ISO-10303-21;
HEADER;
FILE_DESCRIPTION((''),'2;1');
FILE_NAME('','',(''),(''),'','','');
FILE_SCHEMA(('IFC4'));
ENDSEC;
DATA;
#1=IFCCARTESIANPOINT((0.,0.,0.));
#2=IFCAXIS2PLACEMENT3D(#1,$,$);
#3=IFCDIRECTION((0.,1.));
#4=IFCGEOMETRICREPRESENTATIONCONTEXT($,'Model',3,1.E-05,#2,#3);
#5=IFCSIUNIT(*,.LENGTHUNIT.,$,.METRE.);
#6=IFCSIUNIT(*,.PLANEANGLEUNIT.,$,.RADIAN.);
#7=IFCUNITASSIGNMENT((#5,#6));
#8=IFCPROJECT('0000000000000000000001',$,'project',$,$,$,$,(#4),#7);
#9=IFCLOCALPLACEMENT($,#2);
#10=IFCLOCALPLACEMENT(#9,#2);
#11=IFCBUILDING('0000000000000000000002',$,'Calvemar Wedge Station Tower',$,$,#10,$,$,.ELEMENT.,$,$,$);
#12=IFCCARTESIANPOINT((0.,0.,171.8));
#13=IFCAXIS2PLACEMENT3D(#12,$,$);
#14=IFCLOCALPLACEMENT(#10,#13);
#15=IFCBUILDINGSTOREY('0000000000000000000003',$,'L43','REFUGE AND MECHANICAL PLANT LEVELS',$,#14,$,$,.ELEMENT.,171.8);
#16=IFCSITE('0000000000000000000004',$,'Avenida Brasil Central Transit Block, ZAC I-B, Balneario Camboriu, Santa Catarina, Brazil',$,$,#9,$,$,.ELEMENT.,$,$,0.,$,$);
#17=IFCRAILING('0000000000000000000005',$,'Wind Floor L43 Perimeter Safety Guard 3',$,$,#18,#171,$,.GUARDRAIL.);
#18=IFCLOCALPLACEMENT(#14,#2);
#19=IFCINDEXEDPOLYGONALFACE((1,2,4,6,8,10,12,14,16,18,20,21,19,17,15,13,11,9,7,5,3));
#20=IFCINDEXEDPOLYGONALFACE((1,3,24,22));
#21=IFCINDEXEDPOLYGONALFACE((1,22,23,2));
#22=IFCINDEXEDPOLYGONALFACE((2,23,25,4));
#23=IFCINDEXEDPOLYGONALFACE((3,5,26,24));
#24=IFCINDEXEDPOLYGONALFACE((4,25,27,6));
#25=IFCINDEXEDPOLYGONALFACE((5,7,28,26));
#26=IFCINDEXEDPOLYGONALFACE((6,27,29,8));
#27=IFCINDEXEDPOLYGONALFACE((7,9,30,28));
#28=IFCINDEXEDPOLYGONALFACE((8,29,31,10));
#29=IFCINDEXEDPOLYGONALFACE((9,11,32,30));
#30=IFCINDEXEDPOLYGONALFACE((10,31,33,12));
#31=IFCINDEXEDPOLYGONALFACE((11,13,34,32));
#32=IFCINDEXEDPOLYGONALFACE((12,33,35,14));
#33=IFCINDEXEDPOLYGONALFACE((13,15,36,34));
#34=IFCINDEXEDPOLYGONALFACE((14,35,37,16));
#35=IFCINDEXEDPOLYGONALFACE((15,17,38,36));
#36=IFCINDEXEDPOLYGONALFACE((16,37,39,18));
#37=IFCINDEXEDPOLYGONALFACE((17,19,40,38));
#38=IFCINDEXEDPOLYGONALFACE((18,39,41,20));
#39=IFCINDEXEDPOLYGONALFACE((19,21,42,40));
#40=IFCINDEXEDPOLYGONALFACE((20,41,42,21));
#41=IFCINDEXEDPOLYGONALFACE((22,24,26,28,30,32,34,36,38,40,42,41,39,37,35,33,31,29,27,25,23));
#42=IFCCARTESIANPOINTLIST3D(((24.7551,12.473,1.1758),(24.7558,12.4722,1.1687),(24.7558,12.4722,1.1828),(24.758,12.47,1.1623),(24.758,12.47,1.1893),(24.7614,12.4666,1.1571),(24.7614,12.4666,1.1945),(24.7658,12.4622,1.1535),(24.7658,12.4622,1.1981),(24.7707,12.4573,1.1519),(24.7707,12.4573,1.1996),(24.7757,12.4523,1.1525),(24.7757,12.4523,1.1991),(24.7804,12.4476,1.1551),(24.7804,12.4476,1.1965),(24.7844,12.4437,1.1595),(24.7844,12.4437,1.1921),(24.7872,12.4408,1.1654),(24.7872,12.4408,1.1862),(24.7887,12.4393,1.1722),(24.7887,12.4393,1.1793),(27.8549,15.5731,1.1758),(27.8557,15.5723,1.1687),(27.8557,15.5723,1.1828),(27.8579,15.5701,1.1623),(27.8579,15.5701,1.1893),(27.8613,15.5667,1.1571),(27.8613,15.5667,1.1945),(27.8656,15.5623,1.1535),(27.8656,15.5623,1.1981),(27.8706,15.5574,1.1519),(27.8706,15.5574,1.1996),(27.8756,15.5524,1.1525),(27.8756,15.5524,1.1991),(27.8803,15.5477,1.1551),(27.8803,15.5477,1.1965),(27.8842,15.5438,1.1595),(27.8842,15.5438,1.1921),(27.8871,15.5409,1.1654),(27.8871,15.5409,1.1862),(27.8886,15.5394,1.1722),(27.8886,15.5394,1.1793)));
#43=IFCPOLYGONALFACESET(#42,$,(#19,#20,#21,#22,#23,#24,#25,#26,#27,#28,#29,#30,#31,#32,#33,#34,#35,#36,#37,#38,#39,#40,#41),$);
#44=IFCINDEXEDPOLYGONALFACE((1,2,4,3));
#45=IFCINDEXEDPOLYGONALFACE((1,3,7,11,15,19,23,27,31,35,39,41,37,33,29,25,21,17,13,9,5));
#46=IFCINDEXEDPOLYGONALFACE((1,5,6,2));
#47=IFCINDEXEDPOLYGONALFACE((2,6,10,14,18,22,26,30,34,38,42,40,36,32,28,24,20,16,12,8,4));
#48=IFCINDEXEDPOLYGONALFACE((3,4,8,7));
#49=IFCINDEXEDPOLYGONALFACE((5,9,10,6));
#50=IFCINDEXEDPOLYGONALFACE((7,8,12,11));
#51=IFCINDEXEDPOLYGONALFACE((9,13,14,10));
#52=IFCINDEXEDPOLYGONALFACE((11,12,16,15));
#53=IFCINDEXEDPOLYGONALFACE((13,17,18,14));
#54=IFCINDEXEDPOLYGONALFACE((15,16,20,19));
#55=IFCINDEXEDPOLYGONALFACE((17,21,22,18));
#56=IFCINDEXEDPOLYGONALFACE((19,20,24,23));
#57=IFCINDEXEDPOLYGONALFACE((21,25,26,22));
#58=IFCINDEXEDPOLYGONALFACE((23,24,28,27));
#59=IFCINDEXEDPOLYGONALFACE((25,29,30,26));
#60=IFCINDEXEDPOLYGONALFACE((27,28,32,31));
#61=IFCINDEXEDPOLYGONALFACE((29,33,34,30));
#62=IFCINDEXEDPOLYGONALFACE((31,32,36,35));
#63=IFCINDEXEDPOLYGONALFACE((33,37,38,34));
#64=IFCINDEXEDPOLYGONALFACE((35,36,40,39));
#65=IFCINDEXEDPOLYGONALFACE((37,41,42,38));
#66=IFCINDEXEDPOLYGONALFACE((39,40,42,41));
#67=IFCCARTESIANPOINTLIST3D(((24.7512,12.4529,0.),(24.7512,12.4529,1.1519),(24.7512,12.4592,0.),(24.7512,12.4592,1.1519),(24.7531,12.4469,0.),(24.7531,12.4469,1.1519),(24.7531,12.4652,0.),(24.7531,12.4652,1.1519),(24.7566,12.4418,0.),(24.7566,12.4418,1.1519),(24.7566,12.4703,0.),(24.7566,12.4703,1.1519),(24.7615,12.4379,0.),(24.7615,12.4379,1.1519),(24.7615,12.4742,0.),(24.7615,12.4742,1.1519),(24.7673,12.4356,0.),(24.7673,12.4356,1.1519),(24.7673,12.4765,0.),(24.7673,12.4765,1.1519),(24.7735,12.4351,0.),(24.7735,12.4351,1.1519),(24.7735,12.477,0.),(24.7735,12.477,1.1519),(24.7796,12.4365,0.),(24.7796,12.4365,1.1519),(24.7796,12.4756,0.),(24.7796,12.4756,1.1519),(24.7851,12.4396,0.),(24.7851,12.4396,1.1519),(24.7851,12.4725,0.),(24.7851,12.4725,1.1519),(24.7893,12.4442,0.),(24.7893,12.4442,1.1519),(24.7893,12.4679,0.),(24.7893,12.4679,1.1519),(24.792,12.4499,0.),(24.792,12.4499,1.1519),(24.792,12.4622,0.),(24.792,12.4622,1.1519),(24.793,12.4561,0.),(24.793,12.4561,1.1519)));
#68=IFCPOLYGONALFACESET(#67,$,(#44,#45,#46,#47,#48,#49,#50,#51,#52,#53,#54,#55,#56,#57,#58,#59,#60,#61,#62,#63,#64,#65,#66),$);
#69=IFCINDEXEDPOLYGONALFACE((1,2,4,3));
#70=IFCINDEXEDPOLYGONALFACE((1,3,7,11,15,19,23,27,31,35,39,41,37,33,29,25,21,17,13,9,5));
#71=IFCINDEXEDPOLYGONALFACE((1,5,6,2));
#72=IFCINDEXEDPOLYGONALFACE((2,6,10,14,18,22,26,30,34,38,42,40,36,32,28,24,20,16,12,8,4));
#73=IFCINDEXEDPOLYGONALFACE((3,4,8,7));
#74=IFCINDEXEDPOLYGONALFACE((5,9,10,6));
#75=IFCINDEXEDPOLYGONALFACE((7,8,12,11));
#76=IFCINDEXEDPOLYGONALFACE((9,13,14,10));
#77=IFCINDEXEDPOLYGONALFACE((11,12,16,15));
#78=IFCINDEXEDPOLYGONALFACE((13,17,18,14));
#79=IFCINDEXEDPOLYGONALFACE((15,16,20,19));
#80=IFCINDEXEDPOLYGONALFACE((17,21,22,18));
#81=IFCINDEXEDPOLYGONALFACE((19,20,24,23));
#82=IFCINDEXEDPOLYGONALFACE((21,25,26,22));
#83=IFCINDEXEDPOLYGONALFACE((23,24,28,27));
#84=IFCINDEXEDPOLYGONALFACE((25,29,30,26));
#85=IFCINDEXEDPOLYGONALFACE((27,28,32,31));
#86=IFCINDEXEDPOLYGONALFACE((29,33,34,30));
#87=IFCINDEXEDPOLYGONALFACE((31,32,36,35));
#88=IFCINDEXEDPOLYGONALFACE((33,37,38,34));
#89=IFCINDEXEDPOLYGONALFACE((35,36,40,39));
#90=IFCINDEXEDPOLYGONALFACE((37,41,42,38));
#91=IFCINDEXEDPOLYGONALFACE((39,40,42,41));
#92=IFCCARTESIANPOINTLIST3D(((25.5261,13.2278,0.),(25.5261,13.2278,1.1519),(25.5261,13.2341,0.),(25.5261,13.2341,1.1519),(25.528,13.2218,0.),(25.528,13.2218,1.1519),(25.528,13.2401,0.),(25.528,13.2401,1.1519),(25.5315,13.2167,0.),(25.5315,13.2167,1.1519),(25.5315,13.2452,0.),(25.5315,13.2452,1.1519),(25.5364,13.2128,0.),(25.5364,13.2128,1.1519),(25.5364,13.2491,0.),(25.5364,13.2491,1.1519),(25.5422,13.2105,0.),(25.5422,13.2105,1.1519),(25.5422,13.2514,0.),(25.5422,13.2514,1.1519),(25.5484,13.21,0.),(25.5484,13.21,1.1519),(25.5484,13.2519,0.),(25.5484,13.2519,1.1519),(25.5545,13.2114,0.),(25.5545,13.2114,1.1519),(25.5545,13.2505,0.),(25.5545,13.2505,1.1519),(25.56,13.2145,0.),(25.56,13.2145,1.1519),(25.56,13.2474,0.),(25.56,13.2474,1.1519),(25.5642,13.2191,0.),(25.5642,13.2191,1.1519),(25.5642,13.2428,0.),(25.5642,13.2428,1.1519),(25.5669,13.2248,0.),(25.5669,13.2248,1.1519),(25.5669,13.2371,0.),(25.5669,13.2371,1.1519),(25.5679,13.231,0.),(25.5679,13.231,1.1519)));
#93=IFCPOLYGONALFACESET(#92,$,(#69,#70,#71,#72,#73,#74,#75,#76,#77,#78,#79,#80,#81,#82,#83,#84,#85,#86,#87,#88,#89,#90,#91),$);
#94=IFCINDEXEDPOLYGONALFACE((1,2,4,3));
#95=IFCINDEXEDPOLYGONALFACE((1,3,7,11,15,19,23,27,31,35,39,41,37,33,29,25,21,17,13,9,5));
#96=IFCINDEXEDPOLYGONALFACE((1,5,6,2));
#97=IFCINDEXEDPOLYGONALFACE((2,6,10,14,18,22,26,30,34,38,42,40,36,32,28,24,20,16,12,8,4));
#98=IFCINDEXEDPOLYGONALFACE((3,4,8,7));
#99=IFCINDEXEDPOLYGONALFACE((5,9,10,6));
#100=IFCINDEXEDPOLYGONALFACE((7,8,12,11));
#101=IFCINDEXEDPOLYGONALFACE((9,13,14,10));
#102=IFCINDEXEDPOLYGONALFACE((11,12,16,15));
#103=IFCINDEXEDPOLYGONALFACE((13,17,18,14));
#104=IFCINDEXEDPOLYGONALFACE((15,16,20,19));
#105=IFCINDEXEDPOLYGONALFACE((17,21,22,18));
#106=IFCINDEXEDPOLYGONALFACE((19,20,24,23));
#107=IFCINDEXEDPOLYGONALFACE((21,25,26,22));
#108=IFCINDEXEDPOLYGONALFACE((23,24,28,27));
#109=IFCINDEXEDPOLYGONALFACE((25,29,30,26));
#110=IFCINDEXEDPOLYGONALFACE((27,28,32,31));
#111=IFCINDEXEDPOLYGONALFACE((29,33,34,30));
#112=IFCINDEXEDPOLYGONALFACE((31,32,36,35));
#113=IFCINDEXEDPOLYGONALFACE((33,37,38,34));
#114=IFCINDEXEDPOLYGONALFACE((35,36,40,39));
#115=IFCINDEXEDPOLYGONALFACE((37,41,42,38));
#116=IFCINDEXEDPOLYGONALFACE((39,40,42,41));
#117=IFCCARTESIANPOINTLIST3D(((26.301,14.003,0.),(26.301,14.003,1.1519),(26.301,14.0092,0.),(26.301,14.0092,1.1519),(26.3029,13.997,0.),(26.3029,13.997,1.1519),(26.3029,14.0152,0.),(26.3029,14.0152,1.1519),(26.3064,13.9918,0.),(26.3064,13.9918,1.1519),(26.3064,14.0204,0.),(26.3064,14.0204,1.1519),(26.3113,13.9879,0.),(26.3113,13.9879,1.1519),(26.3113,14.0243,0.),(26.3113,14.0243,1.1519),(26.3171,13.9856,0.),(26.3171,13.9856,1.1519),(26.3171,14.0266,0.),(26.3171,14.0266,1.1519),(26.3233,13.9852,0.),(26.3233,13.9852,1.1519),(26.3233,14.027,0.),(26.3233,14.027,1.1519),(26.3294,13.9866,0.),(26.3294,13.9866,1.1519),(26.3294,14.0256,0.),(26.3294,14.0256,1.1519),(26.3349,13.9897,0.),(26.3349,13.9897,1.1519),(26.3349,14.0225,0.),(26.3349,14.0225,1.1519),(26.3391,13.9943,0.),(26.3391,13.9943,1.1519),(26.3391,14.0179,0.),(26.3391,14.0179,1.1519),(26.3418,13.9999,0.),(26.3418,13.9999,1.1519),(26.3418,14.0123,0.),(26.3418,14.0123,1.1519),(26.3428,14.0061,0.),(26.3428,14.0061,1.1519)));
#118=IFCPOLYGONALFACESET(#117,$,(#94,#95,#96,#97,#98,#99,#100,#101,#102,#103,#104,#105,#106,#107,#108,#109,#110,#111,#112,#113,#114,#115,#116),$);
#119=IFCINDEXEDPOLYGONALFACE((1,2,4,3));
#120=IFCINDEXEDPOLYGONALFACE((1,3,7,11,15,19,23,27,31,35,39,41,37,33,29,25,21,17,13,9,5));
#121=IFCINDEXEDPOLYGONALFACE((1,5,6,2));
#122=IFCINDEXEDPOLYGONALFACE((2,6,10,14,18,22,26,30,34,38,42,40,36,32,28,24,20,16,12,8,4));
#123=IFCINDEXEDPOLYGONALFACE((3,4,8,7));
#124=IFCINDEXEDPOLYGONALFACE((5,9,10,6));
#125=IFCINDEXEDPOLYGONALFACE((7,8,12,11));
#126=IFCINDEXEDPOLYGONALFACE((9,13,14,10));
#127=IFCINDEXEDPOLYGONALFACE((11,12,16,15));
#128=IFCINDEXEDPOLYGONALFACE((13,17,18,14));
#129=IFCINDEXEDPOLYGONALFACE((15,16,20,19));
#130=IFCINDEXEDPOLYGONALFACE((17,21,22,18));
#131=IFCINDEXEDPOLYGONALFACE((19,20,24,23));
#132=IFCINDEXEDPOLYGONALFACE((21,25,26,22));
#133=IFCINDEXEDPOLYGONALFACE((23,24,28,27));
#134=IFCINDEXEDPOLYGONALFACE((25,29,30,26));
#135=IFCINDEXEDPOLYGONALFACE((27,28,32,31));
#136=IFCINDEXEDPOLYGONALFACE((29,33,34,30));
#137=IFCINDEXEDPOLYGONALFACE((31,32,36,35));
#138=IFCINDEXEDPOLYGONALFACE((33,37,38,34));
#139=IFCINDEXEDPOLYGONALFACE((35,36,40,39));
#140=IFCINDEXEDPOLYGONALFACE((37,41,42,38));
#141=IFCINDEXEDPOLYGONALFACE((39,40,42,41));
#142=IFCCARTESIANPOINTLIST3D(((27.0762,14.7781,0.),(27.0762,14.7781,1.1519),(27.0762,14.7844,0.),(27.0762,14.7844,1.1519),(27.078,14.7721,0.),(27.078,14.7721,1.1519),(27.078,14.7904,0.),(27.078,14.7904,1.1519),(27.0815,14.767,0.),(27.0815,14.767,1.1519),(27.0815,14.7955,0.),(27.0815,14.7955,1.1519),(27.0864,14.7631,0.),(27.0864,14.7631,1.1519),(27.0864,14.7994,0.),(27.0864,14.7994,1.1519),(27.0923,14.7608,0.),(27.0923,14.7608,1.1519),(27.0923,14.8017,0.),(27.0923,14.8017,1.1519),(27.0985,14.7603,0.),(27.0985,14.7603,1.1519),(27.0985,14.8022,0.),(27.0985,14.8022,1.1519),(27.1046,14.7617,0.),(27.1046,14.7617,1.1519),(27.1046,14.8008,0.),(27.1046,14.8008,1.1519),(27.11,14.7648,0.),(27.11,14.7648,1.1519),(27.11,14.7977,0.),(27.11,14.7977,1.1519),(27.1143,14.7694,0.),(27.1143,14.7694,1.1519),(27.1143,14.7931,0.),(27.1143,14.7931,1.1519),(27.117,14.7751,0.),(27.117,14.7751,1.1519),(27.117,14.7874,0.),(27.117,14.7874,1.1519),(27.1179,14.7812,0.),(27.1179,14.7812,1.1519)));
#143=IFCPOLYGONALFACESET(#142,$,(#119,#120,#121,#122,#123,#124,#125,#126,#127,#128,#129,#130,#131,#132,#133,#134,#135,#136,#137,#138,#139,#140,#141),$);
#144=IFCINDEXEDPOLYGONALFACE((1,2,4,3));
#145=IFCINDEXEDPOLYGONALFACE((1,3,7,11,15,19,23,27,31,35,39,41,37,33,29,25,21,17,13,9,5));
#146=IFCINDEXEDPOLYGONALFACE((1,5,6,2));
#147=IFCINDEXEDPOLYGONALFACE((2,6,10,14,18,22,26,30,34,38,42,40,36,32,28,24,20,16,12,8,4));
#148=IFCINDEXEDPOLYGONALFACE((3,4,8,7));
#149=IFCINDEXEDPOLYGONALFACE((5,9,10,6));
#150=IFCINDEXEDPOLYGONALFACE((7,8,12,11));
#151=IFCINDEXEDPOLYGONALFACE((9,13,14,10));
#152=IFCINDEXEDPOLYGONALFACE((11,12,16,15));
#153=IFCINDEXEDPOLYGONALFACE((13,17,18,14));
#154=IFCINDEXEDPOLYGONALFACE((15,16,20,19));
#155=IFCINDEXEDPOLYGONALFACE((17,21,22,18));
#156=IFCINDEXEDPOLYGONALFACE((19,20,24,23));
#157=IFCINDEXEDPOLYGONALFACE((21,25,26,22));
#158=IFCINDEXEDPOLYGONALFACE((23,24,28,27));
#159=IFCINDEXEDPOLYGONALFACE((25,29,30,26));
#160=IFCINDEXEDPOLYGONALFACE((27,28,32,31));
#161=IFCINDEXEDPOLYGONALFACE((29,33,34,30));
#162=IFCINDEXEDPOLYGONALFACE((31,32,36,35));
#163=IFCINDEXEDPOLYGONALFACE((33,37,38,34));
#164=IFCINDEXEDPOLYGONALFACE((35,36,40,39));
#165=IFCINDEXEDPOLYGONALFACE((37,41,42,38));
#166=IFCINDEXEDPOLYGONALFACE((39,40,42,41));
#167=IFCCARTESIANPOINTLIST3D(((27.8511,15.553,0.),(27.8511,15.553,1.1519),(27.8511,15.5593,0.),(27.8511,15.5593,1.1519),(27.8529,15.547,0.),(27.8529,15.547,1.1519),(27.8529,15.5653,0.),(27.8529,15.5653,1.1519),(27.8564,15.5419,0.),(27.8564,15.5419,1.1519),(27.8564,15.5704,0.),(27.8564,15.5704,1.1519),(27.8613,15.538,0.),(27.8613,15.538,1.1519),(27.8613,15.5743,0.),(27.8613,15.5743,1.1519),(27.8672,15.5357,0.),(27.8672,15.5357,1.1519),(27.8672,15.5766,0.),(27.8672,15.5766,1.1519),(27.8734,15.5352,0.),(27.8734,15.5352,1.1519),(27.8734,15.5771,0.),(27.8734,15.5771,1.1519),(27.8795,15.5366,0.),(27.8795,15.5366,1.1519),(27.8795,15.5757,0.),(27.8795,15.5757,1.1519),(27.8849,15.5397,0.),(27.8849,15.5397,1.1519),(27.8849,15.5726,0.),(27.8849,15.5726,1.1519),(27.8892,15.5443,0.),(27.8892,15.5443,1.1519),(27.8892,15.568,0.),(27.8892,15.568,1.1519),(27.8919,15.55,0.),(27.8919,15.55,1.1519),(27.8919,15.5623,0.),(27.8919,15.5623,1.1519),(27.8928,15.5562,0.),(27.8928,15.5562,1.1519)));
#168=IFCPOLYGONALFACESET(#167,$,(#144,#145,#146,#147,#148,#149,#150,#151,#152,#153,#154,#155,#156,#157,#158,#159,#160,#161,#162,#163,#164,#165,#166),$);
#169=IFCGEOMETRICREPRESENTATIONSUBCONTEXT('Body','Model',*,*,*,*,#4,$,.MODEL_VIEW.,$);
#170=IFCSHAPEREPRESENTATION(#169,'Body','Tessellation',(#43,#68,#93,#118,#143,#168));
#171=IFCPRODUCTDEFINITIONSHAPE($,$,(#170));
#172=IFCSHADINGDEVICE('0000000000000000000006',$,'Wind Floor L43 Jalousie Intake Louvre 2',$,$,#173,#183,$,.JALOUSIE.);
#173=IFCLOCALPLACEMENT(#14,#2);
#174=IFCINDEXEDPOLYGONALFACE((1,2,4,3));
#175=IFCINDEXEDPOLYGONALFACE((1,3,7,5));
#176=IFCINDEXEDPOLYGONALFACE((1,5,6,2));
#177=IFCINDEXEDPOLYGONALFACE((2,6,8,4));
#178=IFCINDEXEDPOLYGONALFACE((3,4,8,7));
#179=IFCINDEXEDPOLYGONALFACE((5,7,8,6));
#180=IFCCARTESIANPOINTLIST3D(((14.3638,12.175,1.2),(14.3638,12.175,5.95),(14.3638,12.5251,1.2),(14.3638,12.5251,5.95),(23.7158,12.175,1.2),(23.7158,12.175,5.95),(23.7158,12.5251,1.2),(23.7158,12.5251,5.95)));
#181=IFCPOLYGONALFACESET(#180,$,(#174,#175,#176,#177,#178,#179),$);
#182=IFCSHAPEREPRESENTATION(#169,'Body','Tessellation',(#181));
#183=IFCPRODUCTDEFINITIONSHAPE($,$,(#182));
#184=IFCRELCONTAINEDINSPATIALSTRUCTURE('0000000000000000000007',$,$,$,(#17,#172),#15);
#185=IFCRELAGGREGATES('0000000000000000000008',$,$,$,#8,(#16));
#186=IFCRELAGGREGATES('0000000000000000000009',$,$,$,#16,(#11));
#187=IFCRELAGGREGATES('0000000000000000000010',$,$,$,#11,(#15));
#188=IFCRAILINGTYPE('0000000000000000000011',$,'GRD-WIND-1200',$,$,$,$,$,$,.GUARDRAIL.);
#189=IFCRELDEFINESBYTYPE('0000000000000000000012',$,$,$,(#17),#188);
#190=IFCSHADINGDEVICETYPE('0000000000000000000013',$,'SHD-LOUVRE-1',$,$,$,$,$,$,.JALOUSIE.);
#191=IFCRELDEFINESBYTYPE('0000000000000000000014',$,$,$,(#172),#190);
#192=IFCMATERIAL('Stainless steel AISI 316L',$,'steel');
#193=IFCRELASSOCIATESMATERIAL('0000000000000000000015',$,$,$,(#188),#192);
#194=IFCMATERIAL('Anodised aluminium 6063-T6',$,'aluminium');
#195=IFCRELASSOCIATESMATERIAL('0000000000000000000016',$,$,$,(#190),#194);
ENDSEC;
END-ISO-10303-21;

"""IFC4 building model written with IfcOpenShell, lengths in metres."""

from ifc_helpers import new_model, si_unit, direction, frame, frame_2d, origin, origin_2d, place, context, subcontext, project, spatial, rectangle, circle, extrude, material, type_object, element, save


model = new_model("IFC4")

# Units and contexts
model_context = context("Model", 3, precision=1e-05, world=origin(), true_north=direction((0.0, 1.0)))
body_context = subcontext(model_context, "Body", "Model", "MODEL_VIEW")
ifc_project = project(units=[si_unit("LENGTHUNIT", "METRE"), si_unit("PLANEANGLEUNIT", "RADIAN")], contexts=[model_context])

# Site, building, storey
site_placement = place(None, origin())
site = spatial("IfcSite", under=ifc_project, at=site_placement, Name="Avenida Brasil Central Transit Block, ZAC I-B, Balneario Camboriu, Santa Catarina, Brazil", CompositionType="ELEMENT", RefElevation=0.0)
building_placement = place(site_placement, origin())
building = spatial("IfcBuilding", under=site, at=building_placement, Name="Calvemar Wedge Station Tower", CompositionType="ELEMENT")
storey_placement = place(building_placement, frame((0.0, 0.0, 171.8)))
storey = spatial("IfcBuildingStorey", under=building, at=storey_placement, Name="L43", Description="REFUGE AND MECHANICAL PLANT LEVELS", CompositionType="ELEMENT", Elevation=171.8)

# Railing
ifc_material_1 = material(Name="Stainless steel AISI 316L", Category="steel")
railing_type = type_object("IfcRailingType", Name="GRD-WIND-1200", PredefinedType="GUARDRAIL", material=ifc_material_1)
railing_1_placement = place(storey_placement, frame((24.772, 12.4561, 0.0)))
element("IfcRailing", 1, at=railing_1_placement, inside=storey, type_object=railing_type, Name="Wind Floor L43 Perimeter Safety Guard 3", PredefinedType="GUARDRAIL", context=body_context, shape_type="SweptSolid", body=[
    extrude(circle(Radius=0.0239, at=origin_2d()), frame((0.0, 0.0, 1.1758), z_axis=(0.707079, 0.707135, 0.0), x_axis=(-0.707135, 0.707079, 0.0)), (0.0, 0.0, 1.0), 4.384),
    extrude(circle(Radius=0.021, at=origin_2d()), origin(), (0.0, 0.0, 1.0), 1.1519),
    extrude(circle(Radius=0.021, at=origin_2d()), frame((0.7749, 0.7749, 0.0)), (0.0, 0.0, 1.0), 1.1519),
    extrude(circle(Radius=0.021, at=origin_2d()), frame((1.5498, 1.55, 0.0)), (0.0, 0.0, 1.0), 1.1519),
    extrude(circle(Radius=0.021, at=origin_2d()), frame((2.325, 2.3252, 0.0)), (0.0, 0.0, 1.0), 1.1519),
    extrude(circle(Radius=0.021, at=origin_2d()), frame((3.0999, 3.1001, 0.0)), (0.0, 0.0, 1.0), 1.1519),
])

# Shading device
ifc_material_2 = material(Name="Anodised aluminium 6063-T6", Category="aluminium")
shading_device_type = type_object("IfcShadingDeviceType", Name="SHD-LOUVRE-1", PredefinedType="JALOUSIE", material=ifc_material_2)
shading_device_placement = place(storey_placement, frame((14.3638, 12.3501, 1.2), z_axis=(0.0, 0.0, 1.0), x_axis=(1.0, 0.0, 0.0)))
element("IfcShadingDevice", 2, at=shading_device_placement, inside=storey, type_object=shading_device_type, Name="Wind Floor L43 Jalousie Intake Louvre 2", PredefinedType="JALOUSIE", context=body_context, shape_type="SweptSolid", body=[
    extrude(rectangle(XDim=9.3521, YDim=0.3501, at=frame_2d((4.676, 0.0))), origin(), (0.0, 0.0, 1.0), 4.75),
])

save(model, "model.ifc")
